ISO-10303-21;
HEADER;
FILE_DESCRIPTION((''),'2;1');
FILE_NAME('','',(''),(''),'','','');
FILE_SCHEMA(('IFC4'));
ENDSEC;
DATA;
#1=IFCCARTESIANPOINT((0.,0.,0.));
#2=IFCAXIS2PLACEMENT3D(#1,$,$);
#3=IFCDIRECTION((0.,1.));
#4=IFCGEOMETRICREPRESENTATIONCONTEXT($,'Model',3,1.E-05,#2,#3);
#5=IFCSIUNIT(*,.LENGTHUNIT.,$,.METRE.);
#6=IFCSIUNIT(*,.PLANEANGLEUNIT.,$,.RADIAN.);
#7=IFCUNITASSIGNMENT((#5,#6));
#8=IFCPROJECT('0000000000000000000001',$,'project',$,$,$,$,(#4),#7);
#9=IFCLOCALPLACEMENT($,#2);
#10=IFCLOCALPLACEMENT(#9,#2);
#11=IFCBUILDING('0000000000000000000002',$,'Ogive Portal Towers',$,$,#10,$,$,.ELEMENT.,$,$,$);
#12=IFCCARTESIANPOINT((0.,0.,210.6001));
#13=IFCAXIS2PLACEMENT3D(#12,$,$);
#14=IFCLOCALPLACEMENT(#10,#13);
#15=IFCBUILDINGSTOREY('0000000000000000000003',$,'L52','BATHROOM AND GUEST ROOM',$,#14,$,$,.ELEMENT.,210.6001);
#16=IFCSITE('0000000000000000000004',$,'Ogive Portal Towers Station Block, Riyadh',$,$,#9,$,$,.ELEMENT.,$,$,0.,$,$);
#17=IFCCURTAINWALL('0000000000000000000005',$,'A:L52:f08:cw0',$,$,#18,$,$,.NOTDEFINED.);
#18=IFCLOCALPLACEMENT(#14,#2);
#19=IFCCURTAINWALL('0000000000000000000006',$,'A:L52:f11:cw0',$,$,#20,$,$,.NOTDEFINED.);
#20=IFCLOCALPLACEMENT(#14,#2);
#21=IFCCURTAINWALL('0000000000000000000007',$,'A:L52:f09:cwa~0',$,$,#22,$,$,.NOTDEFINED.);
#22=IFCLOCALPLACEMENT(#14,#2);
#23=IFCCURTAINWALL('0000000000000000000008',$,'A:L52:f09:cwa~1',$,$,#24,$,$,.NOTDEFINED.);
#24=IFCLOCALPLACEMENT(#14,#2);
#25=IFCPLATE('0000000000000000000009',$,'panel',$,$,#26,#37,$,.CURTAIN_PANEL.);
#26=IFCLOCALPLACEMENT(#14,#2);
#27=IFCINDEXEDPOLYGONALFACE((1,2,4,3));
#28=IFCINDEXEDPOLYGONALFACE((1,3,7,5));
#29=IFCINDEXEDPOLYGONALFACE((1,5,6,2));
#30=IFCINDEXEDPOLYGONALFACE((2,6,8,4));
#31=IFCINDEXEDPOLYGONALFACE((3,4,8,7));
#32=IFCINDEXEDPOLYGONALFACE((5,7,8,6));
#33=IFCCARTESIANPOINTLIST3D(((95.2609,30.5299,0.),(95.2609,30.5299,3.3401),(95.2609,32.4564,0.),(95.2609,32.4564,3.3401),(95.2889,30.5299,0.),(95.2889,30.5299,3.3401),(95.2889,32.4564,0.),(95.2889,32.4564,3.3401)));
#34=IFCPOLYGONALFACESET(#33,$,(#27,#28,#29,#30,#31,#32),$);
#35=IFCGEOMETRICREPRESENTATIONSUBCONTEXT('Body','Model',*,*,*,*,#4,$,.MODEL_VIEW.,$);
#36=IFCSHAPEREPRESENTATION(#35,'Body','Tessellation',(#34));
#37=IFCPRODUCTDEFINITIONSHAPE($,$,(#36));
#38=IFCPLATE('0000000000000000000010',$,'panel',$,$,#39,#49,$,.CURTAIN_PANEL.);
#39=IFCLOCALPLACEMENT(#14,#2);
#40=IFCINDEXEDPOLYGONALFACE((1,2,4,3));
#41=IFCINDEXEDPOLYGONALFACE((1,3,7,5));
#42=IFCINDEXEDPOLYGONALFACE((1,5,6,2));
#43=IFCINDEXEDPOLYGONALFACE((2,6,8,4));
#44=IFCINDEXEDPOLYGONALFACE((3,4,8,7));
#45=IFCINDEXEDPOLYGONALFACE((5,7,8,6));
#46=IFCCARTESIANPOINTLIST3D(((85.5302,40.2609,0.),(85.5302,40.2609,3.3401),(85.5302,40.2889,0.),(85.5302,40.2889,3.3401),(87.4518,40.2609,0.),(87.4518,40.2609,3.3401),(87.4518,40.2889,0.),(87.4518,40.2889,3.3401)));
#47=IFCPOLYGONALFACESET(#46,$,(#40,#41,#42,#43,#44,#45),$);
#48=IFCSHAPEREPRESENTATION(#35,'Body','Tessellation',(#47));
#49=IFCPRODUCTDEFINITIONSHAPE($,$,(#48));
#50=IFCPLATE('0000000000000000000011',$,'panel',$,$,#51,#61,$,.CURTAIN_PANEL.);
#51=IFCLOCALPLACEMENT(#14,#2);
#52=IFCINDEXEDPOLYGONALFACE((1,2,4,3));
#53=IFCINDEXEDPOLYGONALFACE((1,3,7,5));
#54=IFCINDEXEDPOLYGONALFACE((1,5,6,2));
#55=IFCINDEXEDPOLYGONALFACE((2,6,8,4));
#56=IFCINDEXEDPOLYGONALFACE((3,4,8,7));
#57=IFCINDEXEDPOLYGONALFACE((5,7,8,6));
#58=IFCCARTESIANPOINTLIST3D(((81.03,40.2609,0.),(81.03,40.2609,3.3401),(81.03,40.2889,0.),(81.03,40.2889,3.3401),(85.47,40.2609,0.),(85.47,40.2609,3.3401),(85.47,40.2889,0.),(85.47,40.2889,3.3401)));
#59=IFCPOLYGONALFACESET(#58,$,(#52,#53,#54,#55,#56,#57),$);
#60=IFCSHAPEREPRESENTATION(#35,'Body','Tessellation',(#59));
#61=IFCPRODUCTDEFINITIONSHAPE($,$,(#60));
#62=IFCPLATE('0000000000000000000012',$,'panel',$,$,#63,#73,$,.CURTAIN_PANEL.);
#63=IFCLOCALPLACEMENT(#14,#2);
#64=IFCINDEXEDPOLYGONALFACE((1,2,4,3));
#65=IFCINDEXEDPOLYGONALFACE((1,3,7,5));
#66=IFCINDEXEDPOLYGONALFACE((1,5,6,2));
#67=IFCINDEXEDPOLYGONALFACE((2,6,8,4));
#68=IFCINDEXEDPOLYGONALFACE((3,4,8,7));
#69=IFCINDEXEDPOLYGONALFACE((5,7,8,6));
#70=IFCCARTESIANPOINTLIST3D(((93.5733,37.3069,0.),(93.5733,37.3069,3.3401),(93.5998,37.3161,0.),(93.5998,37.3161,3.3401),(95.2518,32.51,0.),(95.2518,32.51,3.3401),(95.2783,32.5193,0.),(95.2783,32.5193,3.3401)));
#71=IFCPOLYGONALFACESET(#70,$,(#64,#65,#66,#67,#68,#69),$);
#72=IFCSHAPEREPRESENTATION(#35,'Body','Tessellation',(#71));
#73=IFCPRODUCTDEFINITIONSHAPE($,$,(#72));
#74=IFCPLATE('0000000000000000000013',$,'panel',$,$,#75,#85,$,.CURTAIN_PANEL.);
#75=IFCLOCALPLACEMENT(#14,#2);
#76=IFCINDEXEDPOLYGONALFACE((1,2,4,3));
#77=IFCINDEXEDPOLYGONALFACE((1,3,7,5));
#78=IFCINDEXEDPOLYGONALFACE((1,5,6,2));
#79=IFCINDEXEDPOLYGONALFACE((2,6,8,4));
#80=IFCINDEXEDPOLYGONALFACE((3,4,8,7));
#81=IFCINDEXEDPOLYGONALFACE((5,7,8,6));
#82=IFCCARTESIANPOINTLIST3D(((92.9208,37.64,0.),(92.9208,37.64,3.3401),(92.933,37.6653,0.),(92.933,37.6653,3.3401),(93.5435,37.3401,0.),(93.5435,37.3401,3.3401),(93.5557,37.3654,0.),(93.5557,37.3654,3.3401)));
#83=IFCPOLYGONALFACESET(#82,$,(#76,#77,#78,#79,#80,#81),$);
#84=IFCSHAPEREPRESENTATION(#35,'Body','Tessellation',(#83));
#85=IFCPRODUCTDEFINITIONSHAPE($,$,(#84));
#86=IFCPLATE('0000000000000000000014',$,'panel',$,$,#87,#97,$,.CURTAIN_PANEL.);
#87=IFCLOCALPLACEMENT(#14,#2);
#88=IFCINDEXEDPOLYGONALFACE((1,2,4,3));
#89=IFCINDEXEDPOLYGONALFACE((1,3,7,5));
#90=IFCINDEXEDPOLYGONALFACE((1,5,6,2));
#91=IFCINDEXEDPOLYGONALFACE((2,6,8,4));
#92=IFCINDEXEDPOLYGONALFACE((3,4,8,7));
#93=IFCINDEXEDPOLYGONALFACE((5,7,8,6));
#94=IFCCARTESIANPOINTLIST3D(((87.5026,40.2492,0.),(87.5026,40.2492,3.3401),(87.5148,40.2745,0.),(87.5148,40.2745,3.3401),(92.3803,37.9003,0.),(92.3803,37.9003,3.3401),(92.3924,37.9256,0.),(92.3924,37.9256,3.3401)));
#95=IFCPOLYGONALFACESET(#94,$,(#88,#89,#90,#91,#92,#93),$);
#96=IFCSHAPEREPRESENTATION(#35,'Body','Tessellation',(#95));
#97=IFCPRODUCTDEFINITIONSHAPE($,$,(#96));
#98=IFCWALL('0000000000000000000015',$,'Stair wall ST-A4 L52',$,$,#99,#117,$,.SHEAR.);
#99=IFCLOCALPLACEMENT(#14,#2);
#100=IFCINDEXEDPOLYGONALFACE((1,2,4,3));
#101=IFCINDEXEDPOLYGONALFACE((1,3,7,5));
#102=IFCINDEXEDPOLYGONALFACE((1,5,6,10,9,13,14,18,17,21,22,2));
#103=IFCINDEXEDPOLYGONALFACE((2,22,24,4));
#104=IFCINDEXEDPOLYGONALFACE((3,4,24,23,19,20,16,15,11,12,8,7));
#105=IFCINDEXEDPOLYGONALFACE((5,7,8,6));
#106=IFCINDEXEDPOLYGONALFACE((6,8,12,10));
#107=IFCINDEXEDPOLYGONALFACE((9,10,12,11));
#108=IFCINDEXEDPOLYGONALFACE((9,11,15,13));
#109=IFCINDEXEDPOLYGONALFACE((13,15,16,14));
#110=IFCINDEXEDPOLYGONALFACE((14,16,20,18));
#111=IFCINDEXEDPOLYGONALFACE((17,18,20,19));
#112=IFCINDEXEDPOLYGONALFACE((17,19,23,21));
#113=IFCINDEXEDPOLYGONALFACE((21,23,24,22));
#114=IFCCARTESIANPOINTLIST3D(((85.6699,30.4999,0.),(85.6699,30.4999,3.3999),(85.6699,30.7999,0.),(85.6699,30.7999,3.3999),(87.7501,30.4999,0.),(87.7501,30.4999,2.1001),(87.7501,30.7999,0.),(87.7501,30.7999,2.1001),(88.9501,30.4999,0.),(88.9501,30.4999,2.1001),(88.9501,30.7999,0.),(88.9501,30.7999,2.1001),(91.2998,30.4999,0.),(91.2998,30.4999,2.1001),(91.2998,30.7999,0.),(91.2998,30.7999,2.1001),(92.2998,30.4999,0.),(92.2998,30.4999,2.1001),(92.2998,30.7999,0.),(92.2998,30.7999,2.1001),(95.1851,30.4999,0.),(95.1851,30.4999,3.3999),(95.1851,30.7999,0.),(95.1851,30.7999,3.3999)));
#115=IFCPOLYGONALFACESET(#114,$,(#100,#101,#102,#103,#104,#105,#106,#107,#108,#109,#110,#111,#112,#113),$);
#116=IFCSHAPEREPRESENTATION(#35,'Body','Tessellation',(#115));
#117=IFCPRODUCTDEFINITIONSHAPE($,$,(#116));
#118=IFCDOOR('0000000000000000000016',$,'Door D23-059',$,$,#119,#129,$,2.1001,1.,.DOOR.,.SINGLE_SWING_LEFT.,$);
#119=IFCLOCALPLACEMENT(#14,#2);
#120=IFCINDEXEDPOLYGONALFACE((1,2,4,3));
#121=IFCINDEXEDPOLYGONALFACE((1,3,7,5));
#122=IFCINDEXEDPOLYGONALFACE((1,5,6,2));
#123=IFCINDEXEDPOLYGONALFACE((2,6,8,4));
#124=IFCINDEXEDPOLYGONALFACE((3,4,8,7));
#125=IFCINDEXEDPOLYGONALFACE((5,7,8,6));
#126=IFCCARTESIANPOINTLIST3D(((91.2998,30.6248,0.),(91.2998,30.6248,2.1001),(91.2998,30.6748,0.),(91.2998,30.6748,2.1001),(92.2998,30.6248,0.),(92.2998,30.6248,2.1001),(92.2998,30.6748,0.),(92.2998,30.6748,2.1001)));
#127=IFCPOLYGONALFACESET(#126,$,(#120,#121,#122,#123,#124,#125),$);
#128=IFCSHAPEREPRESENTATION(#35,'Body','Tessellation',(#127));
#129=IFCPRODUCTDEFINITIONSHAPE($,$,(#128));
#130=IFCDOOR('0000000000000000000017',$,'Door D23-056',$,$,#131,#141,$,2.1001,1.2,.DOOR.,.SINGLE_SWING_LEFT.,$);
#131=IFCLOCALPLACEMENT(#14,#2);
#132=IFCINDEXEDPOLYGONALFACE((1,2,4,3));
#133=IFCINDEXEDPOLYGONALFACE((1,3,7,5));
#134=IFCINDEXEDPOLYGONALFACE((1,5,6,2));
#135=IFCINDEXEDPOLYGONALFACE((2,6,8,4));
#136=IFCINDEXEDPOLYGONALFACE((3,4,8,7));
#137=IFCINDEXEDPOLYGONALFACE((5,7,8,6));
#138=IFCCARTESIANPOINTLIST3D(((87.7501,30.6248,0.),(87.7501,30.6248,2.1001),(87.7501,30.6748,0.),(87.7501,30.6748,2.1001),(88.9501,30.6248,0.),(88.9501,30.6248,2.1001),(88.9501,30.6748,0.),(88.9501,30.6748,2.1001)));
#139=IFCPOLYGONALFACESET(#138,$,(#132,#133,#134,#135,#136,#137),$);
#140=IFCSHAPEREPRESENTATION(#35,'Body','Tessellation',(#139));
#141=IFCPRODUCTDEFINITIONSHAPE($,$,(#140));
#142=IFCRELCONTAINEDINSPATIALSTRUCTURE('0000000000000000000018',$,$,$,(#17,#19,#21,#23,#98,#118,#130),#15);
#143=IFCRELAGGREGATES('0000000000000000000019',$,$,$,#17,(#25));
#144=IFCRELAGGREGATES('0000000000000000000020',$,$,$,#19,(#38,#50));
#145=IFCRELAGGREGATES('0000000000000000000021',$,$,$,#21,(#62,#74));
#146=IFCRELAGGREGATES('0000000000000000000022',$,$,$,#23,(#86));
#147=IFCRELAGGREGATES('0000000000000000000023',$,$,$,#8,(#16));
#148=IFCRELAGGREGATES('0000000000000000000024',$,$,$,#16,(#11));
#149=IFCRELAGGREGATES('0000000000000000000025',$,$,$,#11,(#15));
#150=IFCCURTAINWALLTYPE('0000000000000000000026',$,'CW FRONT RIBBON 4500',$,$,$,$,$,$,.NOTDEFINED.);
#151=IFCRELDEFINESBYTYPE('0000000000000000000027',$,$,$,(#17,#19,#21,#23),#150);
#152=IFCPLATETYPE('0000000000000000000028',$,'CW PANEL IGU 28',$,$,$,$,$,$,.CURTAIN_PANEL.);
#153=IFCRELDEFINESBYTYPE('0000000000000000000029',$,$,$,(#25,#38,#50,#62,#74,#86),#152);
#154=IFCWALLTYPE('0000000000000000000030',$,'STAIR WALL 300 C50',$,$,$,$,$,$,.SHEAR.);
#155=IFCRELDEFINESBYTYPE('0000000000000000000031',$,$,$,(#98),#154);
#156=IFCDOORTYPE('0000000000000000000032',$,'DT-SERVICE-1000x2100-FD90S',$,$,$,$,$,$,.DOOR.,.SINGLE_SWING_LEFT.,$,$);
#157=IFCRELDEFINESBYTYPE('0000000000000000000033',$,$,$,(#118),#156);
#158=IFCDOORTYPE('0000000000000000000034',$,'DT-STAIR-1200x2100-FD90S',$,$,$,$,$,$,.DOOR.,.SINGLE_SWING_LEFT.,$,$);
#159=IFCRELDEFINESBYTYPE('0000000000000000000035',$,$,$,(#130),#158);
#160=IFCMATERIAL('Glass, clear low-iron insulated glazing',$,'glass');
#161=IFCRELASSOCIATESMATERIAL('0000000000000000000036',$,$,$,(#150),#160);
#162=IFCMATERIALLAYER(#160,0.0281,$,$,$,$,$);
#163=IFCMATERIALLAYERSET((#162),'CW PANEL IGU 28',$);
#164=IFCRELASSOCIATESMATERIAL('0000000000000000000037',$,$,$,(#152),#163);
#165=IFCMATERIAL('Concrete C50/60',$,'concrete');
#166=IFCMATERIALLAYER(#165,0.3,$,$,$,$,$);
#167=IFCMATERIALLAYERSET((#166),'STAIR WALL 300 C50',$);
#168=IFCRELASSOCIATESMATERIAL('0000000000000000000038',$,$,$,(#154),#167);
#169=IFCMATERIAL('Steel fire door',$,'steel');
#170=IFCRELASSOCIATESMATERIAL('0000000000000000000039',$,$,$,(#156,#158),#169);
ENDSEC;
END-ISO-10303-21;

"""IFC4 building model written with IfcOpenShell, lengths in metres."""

from ifc_helpers import new_model, si_unit, direction, frame, frame_2d, origin, origin_2d, place, context, subcontext, project, spatial, rectangle, extrude, material, layer, layer_set, type_object, element, fill, aggregate, save


model = new_model("IFC4")

# Units and contexts
model_context = context("Model", 3, precision=1e-05, world=origin(), true_north=direction((0.0, 1.0)))
body_context = subcontext(model_context, "Body", "Model", "MODEL_VIEW")
ifc_project = project(units=[si_unit("LENGTHUNIT", "METRE"), si_unit("PLANEANGLEUNIT", "RADIAN")], contexts=[model_context])

# Site, building, storey
site_placement = place(None, origin())
site = spatial("IfcSite", under=ifc_project, at=site_placement, Name="Ogive Portal Towers Station Block, Riyadh", CompositionType="ELEMENT", RefElevation=0.0)
building_placement = place(site_placement, origin())
building = spatial("IfcBuilding", under=site, at=building_placement, Name="Ogive Portal Towers", CompositionType="ELEMENT")
storey_placement = place(building_placement, frame((0.0, 0.0, 210.6001)))
storey = spatial("IfcBuildingStorey", under=building, at=storey_placement, Name="L52", Description="BATHROOM AND GUEST ROOM", CompositionType="ELEMENT", Elevation=210.6001)

# Curtain walls
ifc_material_1 = material(Name="Glass, clear low-iron insulated glazing", Category="glass")
curtain_wall_type = type_object("IfcCurtainWallType", Name="CW FRONT RIBBON 4500", PredefinedType="NOTDEFINED", material=ifc_material_1)
curtain_wall_1_placement = place(storey_placement, origin())
curtain_wall_1 = element("IfcCurtainWall", 1, at=curtain_wall_1_placement, inside=storey, type_object=curtain_wall_type, Name="A:L52:f08:cw0", PredefinedType="NOTDEFINED")
curtain_wall_2_placement = place(storey_placement, origin())
curtain_wall_2 = element("IfcCurtainWall", 2, at=curtain_wall_2_placement, inside=storey, type_object=curtain_wall_type, Name="A:L52:f11:cw0", PredefinedType="NOTDEFINED")
curtain_wall_3_placement = place(storey_placement, origin())
curtain_wall_3 = element("IfcCurtainWall", 3, at=curtain_wall_3_placement, inside=storey, type_object=curtain_wall_type, Name="A:L52:f09:cwa~0", PredefinedType="NOTDEFINED")

# Curtain wall
curtain_wall_4_placement = place(storey_placement, origin())
curtain_wall_4 = element("IfcCurtainWall", 4, at=curtain_wall_4_placement, inside=storey, type_object=curtain_wall_type, Name="A:L52:f09:cwa~1", PredefinedType="NOTDEFINED")

# Plates
ifc_layer_1 = layer(ifc_material_1, 0.0281)
ifc_layer_set_1 = layer_set([ifc_layer_1], Name="CW PANEL IGU 28")
plate_type = type_object("IfcPlateType", Name="CW PANEL IGU 28", PredefinedType="CURTAIN_PANEL", material=ifc_layer_set_1)
plate_1_placement = place(storey_placement, frame((95.2749, 31.4932, 0.0), z_axis=(0.0, 0.0, 1.0), x_axis=(0.0, 1.0, 0.0)))
plate_1 = element("IfcPlate", 5, at=plate_1_placement, type_object=plate_type, Name="panel", PredefinedType="CURTAIN_PANEL", context=body_context, shape_type="SweptSolid", body=[
    extrude(rectangle(XDim=1.9265, YDim=0.0281, at=origin_2d()), origin(), (0.0, 0.0, 1.0), 3.3401),
])
aggregate(curtain_wall_1, [plate_1])
plate_2_placement = place(storey_placement, frame((86.491, 40.2749, 0.0), z_axis=(0.0, 0.0, 1.0), x_axis=(-1.0, 0.0, 0.0)))
plate_2 = element("IfcPlate", 6, at=plate_2_placement, type_object=plate_type, Name="panel", PredefinedType="CURTAIN_PANEL", context=body_context, shape_type="SweptSolid", body=[
    extrude(rectangle(XDim=1.9216, YDim=0.0281, at=origin_2d()), origin(), (0.0, 0.0, 1.0), 3.3401),
])
plate_3_placement = place(storey_placement, frame((83.25, 40.2749, 0.0), z_axis=(0.0, 0.0, 1.0), x_axis=(-1.0, 0.0, 0.0)))
plate_3 = element("IfcPlate", 7, at=plate_3_placement, type_object=plate_type, Name="panel", PredefinedType="CURTAIN_PANEL", context=body_context, shape_type="SweptSolid", body=[
    extrude(rectangle(XDim=4.4399, YDim=0.0281, at=origin_2d()), origin(), (0.0, 0.0, 1.0), 3.3401),
])
aggregate(curtain_wall_2, [plate_2, plate_3])
plate_4_placement = place(storey_placement, frame((94.4258, 34.9131, 0.0), z_axis=(0.0, 0.0, 1.0), x_axis=(-0.330279, 0.943883, 0.0)))
plate_4 = element("IfcPlate", 8, at=plate_4_placement, type_object=plate_type, Name="panel", PredefinedType="CURTAIN_PANEL", context=body_context, shape_type="SweptSolid", body=[
    extrude(rectangle(XDim=5.082, YDim=0.0281, at=origin_2d()), origin(), (0.0, 0.0, 1.0), 3.3401),
])
plate_5_placement = place(storey_placement, frame((93.2383, 37.5027, 0.0), z_axis=(0.0, 0.0, 1.0), x_axis=(-0.900969, 0.433884, 0.0)))
plate_5 = element("IfcPlate", 9, at=plate_5_placement, type_object=plate_type, Name="panel", PredefinedType="CURTAIN_PANEL", context=body_context, shape_type="SweptSolid", body=[
    extrude(rectangle(XDim=0.6912, YDim=0.0281, at=origin_2d()), origin(), (0.0, 0.0, 1.0), 3.3401),
])
aggregate(curtain_wall_3, [plate_4, plate_5])
plate_6_placement = place(storey_placement, frame((89.9475, 39.0874, 0.0), z_axis=(0.0, 0.0, 1.0), x_axis=(-0.900969, 0.433884, 0.0)))
plate_6 = element("IfcPlate", 10, at=plate_6_placement, type_object=plate_type, Name="panel", PredefinedType="CURTAIN_PANEL", context=body_context, shape_type="SweptSolid", body=[
    extrude(rectangle(XDim=5.4138, YDim=0.0281, at=origin_2d()), origin(), (0.0, 0.0, 1.0), 3.3401),
])
aggregate(curtain_wall_4, [plate_6])

# Wall, openings, doors
ifc_material_2 = material(Name="Concrete C50/60", Category="concrete")
ifc_layer_2 = layer(ifc_material_2, 0.3)
ifc_layer_set_2 = layer_set([ifc_layer_2], Name="STAIR WALL 300 C50")
wall_type_1 = type_object("IfcWallType", Name="STAIR WALL 300 C50", PredefinedType="SHEAR", material=ifc_layer_set_2)
wall_1_placement = place(storey_placement, frame((85.6699, 30.6499, 0.0), z_axis=(0.0, 0.0, 1.0), x_axis=(1.0, 0.0, 0.0)))
wall_1 = element("IfcWall", 11, at=wall_1_placement, inside=storey, type_object=wall_type_1, Name="Stair wall ST-A4 L52", PredefinedType="SHEAR", context=body_context, shape_type="SweptSolid", body=[
    extrude(rectangle(XDim=9.5151, YDim=0.3, at=frame_2d((4.7576, 0.0))), origin(), (0.0, 0.0, 1.0), 3.3999),
])
opening_1_placement = place(wall_1_placement, frame((2.0801, 0.0, 0.0)))
opening_1 = element("IfcOpeningElement", 12, at=opening_1_placement, cuts=wall_1, PredefinedType="OPENING", context=body_context, shape_type="SweptSolid", body=[
    extrude(rectangle(XDim=1.2, YDim=2.1001, at=frame_2d((0.6001, 1.05))), frame((0.0, 0.1602, 0.0), z_axis=(0.0, -1.0, 0.0), x_axis=(1.0, 0.0, 0.0)), (0.0, 0.0, 1.0), 0.3201),
])
opening_2_placement = place(wall_1_placement, frame((5.6299, 0.0, 0.0)))
opening_2 = element("IfcOpeningElement", 13, at=opening_2_placement, cuts=wall_1, PredefinedType="OPENING", context=body_context, shape_type="SweptSolid", body=[
    extrude(rectangle(XDim=1.0, YDim=2.1001, at=frame_2d((0.5, 1.05))), frame((0.0, 0.1602, 0.0), z_axis=(0.0, -1.0, 0.0), x_axis=(1.0, 0.0, 0.0)), (0.0, 0.0, 1.0), 0.3201),
])
ifc_material_3 = material(Name="Steel fire door", Category="steel")
door_type_1 = type_object("IfcDoorType", Name="DT-SERVICE-1000x2100-FD90S", OperationType="SINGLE_SWING_LEFT", PredefinedType="DOOR", material=ifc_material_3)
door_1_placement = place(opening_2_placement, origin())
door_1 = element("IfcDoor", 14, at=door_1_placement, inside=storey, type_object=door_type_1, Name="Door D23-059", OperationType="SINGLE_SWING_LEFT", OverallHeight=2.1001, OverallWidth=1.0, PredefinedType="DOOR", context=body_context, shape_type="SweptSolid", body=[
    extrude(rectangle(XDim=1.0, YDim=2.1001, at=frame_2d((0.5, 1.05))), frame((0.0, 0.0249, 0.0), z_axis=(0.0, -1.0, 0.0), x_axis=(1.0, 0.0, 0.0)), (0.0, 0.0, 1.0), 0.05),
])
fill(opening_2, door_1)
door_type_2 = type_object("IfcDoorType", Name="DT-STAIR-1200x2100-FD90S", OperationType="SINGLE_SWING_LEFT", PredefinedType="DOOR", material=ifc_material_3)
door_2_placement = place(opening_1_placement, origin())
door_2 = element("IfcDoor", 15, at=door_2_placement, inside=storey, type_object=door_type_2, Name="Door D23-056", OperationType="SINGLE_SWING_LEFT", OverallHeight=2.1001, OverallWidth=1.2, PredefinedType="DOOR", context=body_context, shape_type="SweptSolid", body=[
    extrude(rectangle(XDim=1.2, YDim=2.1001, at=frame_2d((0.6001, 1.05))), frame((0.0, 0.0249, 0.0), z_axis=(0.0, -1.0, 0.0), x_axis=(1.0, 0.0, 0.0)), (0.0, 0.0, 1.0), 0.05),
])
fill(opening_1, door_2)

save(model, "model.ifc")
